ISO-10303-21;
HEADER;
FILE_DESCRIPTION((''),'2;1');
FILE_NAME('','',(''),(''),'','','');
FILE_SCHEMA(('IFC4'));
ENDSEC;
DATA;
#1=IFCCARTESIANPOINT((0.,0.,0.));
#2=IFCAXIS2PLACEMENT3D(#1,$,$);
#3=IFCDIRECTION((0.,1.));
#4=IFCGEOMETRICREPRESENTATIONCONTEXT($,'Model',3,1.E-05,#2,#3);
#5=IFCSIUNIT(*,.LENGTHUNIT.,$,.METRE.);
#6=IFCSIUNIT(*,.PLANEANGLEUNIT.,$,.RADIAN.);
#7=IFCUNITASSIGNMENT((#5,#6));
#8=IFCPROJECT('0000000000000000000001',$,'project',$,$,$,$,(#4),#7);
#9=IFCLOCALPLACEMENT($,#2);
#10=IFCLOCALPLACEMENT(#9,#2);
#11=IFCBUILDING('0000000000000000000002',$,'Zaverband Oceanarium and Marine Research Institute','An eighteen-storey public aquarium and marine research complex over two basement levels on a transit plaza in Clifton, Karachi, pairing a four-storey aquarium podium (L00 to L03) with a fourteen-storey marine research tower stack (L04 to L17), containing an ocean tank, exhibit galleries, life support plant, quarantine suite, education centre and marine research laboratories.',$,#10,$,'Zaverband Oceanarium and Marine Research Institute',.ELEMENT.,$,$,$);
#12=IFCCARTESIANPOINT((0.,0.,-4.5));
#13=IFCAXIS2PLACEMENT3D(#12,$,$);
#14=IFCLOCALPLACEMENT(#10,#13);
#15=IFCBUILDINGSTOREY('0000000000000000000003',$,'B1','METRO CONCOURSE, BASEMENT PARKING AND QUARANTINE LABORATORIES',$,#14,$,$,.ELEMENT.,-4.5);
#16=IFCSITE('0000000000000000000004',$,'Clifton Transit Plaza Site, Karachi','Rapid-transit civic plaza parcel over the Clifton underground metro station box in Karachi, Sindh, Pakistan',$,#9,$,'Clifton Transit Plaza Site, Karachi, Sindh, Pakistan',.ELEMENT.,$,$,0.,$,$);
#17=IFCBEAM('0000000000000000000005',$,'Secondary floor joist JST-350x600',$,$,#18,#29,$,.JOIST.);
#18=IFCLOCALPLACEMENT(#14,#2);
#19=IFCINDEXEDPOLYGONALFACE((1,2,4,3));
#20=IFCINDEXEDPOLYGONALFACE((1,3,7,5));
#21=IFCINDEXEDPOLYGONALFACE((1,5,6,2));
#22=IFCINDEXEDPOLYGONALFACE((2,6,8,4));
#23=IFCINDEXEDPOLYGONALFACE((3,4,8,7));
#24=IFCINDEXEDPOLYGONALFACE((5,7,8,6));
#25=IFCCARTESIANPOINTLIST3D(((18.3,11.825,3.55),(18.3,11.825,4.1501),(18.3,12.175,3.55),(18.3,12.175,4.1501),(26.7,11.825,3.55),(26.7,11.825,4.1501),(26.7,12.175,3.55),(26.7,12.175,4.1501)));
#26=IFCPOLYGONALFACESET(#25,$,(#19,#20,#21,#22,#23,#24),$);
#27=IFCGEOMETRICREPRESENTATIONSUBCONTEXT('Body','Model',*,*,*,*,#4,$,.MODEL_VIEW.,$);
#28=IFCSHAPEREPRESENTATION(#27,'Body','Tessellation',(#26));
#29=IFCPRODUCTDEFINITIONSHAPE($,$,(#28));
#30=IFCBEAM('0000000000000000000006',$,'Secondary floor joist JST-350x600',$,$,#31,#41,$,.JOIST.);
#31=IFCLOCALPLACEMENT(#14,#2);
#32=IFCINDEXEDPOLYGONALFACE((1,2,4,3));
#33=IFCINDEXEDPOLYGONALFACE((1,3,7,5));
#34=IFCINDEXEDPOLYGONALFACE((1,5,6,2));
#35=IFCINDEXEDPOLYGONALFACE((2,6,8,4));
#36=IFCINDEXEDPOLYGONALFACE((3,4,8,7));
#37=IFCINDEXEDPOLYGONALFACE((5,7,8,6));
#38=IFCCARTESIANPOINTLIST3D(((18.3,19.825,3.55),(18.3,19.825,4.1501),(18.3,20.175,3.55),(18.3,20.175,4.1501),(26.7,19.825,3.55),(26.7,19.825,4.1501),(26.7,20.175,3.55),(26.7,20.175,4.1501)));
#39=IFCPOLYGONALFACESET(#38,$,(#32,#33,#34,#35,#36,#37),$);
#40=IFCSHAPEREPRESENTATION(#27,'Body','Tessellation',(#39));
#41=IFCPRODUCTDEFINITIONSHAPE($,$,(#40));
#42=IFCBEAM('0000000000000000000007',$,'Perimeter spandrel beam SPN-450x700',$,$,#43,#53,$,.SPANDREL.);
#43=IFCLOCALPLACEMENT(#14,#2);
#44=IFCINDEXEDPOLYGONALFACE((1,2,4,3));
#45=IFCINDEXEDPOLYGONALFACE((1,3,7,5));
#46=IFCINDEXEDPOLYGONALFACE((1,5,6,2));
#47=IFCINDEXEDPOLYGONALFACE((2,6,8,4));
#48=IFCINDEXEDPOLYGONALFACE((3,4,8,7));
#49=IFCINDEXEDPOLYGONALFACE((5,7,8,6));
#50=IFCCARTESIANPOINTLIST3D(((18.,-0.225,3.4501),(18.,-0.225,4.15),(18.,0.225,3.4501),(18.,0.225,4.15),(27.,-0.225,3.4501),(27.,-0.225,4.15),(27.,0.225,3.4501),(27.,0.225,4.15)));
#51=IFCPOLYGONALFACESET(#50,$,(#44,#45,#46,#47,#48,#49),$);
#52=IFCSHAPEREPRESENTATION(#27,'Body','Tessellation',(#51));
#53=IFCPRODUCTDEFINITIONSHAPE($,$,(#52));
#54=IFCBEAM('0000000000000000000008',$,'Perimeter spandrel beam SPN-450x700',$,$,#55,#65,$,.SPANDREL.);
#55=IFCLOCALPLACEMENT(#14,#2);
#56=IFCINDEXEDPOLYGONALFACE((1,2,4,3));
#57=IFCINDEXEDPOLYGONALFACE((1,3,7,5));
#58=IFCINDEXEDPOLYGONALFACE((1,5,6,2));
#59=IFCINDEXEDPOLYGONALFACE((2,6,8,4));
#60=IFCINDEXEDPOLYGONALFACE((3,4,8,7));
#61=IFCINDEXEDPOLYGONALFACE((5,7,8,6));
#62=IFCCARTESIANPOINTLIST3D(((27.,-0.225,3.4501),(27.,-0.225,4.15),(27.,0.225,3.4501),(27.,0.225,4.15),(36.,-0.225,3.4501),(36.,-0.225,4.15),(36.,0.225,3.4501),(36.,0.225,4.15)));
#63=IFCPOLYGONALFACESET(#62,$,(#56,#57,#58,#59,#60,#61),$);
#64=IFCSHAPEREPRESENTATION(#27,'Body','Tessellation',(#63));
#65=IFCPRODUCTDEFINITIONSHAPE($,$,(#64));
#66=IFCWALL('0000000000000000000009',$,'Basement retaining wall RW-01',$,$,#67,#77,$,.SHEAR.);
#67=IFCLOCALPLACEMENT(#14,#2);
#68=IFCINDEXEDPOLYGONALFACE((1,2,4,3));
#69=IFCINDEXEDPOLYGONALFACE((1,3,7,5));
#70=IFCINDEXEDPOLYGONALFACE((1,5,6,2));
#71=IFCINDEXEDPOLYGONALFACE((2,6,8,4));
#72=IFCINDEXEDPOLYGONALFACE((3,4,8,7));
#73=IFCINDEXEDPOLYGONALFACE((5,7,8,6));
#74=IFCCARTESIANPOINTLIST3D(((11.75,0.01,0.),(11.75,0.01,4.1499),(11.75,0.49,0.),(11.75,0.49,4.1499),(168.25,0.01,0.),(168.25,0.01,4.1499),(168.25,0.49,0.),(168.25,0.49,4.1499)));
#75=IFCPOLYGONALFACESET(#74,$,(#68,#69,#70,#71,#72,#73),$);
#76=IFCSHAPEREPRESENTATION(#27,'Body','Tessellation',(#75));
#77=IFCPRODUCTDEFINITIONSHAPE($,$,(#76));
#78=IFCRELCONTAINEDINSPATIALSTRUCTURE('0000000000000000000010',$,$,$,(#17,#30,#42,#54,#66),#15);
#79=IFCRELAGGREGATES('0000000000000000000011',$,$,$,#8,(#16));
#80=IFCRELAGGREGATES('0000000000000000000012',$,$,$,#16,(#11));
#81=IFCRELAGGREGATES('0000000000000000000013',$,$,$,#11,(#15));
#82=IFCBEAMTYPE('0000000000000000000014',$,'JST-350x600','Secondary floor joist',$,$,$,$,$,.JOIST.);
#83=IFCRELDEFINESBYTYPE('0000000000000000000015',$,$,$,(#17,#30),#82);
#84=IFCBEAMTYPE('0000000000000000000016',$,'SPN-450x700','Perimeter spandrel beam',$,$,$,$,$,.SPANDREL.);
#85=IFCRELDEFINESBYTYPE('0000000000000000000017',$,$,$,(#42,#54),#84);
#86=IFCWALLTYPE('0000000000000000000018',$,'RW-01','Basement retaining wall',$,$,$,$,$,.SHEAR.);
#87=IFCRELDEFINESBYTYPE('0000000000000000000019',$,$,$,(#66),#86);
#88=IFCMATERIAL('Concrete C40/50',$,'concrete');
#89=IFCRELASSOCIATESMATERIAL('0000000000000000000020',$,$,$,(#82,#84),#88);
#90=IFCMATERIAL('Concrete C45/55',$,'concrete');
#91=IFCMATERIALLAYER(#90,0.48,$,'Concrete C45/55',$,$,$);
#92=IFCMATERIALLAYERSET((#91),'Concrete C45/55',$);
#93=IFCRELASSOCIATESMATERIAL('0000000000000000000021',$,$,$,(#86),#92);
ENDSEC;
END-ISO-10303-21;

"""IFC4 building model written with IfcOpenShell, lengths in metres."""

from ifc_helpers import new_model, si_unit, direction, frame, frame_2d, origin, origin_2d, place, context, subcontext, project, spatial, rectangle, extrude, material, layer, layer_set, material_profile, profile_set, type_object, element, save


model = new_model("IFC4")

# Units and contexts
model_context = context("Model", 3, precision=1e-05, world=origin(), true_north=direction((0.0, 1.0)))
body_context = subcontext(model_context, "Body", "Model", "MODEL_VIEW")
ifc_project = project(units=[si_unit("LENGTHUNIT", "METRE"), si_unit("PLANEANGLEUNIT", "RADIAN")], contexts=[model_context])

# Site, building, storey
site_placement = place(None, origin())
site = spatial("IfcSite", under=ifc_project, at=site_placement, Name="Clifton Transit Plaza Site, Karachi", Description="Rapid-transit civic plaza parcel over the Clifton underground metro station box in Karachi, Sindh, Pakistan", LongName="Clifton Transit Plaza Site, Karachi, Sindh, Pakistan", CompositionType="ELEMENT", RefElevation=0.0)
building_placement = place(site_placement, origin())
building = spatial("IfcBuilding", under=site, at=building_placement, Name="Zaverband Oceanarium and Marine Research Institute", Description="An eighteen-storey public aquarium and marine research complex over two basement levels on a transit plaza in Clifton, Karachi, pairing a four-storey aquarium podium (L00 to L03) with a fourteen-storey marine research tower stack (L04 to L17), containing an ocean tank, exhibit galleries, life support plant, quarantine suite, education centre and marine research laboratories.", LongName="Zaverband Oceanarium and Marine Research Institute", CompositionType="ELEMENT")
storey_placement = place(building_placement, frame((0.0, 0.0, -4.5)))
storey = spatial("IfcBuildingStorey", under=building, at=storey_placement, Name="B1", Description="METRO CONCOURSE, BASEMENT PARKING AND QUARANTINE LABORATORIES", CompositionType="ELEMENT", Elevation=-4.5)

# Beams
ifc_material_1 = material(Name="Concrete C40/50", Category="concrete")
ifc_material_profile_1 = material_profile(ifc_material_1, rectangle(XDim=0.3501, YDim=0.6001, at=origin_2d()), Name="RC350x600")
ifc_profile_set_1 = profile_set([ifc_material_profile_1], Name="Concrete C40/50")
beam_type_1 = type_object("IfcBeamType", Name="JST-350x600", Description="Secondary floor joist", PredefinedType="JOIST", material=ifc_profile_set_1)
for number, where, z_axis, x_axis, name in (
    (1, (18.3, 12.0, 3.8501), (1.0, 0.0, 0.0), (0.0, 1.0, 0.0), "Secondary floor joist JST-350x600"),
    (2, (18.3, 20.0, 3.8501), (1.0, 0.0, 0.0), (0.0, 1.0, 0.0), "Secondary floor joist JST-350x600"),
):
    element("IfcBeam", number, at=place(storey_placement, frame(where, z_axis=z_axis, x_axis=x_axis)), inside=storey, type_object=beam_type_1, Name=name, PredefinedType="JOIST", context=body_context, shape_type="SweptSolid", body=[
        extrude(rectangle(XDim=0.3501, YDim=0.6001, at=origin_2d()), origin(), (0.0, 0.0, 1.0), 8.3999),
    ])
ifc_material_profile_2 = material_profile(ifc_material_1, rectangle(XDim=0.45, YDim=0.7, at=origin_2d()), Name="RC450x700")
ifc_profile_set_2 = profile_set([ifc_material_profile_2], Name="Concrete C40/50")
beam_type_2 = type_object("IfcBeamType", Name="SPN-450x700", Description="Perimeter spandrel beam", PredefinedType="SPANDREL", material=ifc_profile_set_2)
for number, where, z_axis, x_axis, name in (
    (3, (18.0, 0.0, 3.8), (1.0, 0.0, 0.0), (0.0, 1.0, 0.0), "Perimeter spandrel beam SPN-450x700"),
    (4, (27.0, 0.0, 3.8), (1.0, 0.0, 0.0), (0.0, 1.0, 0.0), "Perimeter spandrel beam SPN-450x700"),
):
    element("IfcBeam", number, at=place(storey_placement, frame(where, z_axis=z_axis, x_axis=x_axis)), inside=storey, type_object=beam_type_2, Name=name, PredefinedType="SPANDREL", context=body_context, shape_type="SweptSolid", body=[
        extrude(rectangle(XDim=0.45, YDim=0.7, at=origin_2d()), origin(), (0.0, 0.0, 1.0), 9.0),
    ])

# Wall
ifc_material_2 = material(Name="Concrete C45/55", Category="concrete")
ifc_layer = layer(ifc_material_2, 0.48, Name="Concrete C45/55")
ifc_layer_set = layer_set([ifc_layer], Name="Concrete C45/55")
wall_type = type_object("IfcWallType", Name="RW-01", Description="Basement retaining wall", PredefinedType="SHEAR", material=ifc_layer_set)
wall_placement = place(storey_placement, frame((11.75, 0.25, 0.0), z_axis=(0.0, 0.0, 1.0), x_axis=(1.0, 0.0, 0.0)))
element("IfcWall", 5, at=wall_placement, inside=storey, type_object=wall_type, Name="Basement retaining wall RW-01", PredefinedType="SHEAR", context=body_context, shape_type="SweptSolid", body=[
    extrude(rectangle(XDim=156.5, YDim=0.48, at=frame_2d((78.25, 0.0))), origin(), (0.0, 0.0, 1.0), 4.1499),
])

save(model, "model.ifc")
